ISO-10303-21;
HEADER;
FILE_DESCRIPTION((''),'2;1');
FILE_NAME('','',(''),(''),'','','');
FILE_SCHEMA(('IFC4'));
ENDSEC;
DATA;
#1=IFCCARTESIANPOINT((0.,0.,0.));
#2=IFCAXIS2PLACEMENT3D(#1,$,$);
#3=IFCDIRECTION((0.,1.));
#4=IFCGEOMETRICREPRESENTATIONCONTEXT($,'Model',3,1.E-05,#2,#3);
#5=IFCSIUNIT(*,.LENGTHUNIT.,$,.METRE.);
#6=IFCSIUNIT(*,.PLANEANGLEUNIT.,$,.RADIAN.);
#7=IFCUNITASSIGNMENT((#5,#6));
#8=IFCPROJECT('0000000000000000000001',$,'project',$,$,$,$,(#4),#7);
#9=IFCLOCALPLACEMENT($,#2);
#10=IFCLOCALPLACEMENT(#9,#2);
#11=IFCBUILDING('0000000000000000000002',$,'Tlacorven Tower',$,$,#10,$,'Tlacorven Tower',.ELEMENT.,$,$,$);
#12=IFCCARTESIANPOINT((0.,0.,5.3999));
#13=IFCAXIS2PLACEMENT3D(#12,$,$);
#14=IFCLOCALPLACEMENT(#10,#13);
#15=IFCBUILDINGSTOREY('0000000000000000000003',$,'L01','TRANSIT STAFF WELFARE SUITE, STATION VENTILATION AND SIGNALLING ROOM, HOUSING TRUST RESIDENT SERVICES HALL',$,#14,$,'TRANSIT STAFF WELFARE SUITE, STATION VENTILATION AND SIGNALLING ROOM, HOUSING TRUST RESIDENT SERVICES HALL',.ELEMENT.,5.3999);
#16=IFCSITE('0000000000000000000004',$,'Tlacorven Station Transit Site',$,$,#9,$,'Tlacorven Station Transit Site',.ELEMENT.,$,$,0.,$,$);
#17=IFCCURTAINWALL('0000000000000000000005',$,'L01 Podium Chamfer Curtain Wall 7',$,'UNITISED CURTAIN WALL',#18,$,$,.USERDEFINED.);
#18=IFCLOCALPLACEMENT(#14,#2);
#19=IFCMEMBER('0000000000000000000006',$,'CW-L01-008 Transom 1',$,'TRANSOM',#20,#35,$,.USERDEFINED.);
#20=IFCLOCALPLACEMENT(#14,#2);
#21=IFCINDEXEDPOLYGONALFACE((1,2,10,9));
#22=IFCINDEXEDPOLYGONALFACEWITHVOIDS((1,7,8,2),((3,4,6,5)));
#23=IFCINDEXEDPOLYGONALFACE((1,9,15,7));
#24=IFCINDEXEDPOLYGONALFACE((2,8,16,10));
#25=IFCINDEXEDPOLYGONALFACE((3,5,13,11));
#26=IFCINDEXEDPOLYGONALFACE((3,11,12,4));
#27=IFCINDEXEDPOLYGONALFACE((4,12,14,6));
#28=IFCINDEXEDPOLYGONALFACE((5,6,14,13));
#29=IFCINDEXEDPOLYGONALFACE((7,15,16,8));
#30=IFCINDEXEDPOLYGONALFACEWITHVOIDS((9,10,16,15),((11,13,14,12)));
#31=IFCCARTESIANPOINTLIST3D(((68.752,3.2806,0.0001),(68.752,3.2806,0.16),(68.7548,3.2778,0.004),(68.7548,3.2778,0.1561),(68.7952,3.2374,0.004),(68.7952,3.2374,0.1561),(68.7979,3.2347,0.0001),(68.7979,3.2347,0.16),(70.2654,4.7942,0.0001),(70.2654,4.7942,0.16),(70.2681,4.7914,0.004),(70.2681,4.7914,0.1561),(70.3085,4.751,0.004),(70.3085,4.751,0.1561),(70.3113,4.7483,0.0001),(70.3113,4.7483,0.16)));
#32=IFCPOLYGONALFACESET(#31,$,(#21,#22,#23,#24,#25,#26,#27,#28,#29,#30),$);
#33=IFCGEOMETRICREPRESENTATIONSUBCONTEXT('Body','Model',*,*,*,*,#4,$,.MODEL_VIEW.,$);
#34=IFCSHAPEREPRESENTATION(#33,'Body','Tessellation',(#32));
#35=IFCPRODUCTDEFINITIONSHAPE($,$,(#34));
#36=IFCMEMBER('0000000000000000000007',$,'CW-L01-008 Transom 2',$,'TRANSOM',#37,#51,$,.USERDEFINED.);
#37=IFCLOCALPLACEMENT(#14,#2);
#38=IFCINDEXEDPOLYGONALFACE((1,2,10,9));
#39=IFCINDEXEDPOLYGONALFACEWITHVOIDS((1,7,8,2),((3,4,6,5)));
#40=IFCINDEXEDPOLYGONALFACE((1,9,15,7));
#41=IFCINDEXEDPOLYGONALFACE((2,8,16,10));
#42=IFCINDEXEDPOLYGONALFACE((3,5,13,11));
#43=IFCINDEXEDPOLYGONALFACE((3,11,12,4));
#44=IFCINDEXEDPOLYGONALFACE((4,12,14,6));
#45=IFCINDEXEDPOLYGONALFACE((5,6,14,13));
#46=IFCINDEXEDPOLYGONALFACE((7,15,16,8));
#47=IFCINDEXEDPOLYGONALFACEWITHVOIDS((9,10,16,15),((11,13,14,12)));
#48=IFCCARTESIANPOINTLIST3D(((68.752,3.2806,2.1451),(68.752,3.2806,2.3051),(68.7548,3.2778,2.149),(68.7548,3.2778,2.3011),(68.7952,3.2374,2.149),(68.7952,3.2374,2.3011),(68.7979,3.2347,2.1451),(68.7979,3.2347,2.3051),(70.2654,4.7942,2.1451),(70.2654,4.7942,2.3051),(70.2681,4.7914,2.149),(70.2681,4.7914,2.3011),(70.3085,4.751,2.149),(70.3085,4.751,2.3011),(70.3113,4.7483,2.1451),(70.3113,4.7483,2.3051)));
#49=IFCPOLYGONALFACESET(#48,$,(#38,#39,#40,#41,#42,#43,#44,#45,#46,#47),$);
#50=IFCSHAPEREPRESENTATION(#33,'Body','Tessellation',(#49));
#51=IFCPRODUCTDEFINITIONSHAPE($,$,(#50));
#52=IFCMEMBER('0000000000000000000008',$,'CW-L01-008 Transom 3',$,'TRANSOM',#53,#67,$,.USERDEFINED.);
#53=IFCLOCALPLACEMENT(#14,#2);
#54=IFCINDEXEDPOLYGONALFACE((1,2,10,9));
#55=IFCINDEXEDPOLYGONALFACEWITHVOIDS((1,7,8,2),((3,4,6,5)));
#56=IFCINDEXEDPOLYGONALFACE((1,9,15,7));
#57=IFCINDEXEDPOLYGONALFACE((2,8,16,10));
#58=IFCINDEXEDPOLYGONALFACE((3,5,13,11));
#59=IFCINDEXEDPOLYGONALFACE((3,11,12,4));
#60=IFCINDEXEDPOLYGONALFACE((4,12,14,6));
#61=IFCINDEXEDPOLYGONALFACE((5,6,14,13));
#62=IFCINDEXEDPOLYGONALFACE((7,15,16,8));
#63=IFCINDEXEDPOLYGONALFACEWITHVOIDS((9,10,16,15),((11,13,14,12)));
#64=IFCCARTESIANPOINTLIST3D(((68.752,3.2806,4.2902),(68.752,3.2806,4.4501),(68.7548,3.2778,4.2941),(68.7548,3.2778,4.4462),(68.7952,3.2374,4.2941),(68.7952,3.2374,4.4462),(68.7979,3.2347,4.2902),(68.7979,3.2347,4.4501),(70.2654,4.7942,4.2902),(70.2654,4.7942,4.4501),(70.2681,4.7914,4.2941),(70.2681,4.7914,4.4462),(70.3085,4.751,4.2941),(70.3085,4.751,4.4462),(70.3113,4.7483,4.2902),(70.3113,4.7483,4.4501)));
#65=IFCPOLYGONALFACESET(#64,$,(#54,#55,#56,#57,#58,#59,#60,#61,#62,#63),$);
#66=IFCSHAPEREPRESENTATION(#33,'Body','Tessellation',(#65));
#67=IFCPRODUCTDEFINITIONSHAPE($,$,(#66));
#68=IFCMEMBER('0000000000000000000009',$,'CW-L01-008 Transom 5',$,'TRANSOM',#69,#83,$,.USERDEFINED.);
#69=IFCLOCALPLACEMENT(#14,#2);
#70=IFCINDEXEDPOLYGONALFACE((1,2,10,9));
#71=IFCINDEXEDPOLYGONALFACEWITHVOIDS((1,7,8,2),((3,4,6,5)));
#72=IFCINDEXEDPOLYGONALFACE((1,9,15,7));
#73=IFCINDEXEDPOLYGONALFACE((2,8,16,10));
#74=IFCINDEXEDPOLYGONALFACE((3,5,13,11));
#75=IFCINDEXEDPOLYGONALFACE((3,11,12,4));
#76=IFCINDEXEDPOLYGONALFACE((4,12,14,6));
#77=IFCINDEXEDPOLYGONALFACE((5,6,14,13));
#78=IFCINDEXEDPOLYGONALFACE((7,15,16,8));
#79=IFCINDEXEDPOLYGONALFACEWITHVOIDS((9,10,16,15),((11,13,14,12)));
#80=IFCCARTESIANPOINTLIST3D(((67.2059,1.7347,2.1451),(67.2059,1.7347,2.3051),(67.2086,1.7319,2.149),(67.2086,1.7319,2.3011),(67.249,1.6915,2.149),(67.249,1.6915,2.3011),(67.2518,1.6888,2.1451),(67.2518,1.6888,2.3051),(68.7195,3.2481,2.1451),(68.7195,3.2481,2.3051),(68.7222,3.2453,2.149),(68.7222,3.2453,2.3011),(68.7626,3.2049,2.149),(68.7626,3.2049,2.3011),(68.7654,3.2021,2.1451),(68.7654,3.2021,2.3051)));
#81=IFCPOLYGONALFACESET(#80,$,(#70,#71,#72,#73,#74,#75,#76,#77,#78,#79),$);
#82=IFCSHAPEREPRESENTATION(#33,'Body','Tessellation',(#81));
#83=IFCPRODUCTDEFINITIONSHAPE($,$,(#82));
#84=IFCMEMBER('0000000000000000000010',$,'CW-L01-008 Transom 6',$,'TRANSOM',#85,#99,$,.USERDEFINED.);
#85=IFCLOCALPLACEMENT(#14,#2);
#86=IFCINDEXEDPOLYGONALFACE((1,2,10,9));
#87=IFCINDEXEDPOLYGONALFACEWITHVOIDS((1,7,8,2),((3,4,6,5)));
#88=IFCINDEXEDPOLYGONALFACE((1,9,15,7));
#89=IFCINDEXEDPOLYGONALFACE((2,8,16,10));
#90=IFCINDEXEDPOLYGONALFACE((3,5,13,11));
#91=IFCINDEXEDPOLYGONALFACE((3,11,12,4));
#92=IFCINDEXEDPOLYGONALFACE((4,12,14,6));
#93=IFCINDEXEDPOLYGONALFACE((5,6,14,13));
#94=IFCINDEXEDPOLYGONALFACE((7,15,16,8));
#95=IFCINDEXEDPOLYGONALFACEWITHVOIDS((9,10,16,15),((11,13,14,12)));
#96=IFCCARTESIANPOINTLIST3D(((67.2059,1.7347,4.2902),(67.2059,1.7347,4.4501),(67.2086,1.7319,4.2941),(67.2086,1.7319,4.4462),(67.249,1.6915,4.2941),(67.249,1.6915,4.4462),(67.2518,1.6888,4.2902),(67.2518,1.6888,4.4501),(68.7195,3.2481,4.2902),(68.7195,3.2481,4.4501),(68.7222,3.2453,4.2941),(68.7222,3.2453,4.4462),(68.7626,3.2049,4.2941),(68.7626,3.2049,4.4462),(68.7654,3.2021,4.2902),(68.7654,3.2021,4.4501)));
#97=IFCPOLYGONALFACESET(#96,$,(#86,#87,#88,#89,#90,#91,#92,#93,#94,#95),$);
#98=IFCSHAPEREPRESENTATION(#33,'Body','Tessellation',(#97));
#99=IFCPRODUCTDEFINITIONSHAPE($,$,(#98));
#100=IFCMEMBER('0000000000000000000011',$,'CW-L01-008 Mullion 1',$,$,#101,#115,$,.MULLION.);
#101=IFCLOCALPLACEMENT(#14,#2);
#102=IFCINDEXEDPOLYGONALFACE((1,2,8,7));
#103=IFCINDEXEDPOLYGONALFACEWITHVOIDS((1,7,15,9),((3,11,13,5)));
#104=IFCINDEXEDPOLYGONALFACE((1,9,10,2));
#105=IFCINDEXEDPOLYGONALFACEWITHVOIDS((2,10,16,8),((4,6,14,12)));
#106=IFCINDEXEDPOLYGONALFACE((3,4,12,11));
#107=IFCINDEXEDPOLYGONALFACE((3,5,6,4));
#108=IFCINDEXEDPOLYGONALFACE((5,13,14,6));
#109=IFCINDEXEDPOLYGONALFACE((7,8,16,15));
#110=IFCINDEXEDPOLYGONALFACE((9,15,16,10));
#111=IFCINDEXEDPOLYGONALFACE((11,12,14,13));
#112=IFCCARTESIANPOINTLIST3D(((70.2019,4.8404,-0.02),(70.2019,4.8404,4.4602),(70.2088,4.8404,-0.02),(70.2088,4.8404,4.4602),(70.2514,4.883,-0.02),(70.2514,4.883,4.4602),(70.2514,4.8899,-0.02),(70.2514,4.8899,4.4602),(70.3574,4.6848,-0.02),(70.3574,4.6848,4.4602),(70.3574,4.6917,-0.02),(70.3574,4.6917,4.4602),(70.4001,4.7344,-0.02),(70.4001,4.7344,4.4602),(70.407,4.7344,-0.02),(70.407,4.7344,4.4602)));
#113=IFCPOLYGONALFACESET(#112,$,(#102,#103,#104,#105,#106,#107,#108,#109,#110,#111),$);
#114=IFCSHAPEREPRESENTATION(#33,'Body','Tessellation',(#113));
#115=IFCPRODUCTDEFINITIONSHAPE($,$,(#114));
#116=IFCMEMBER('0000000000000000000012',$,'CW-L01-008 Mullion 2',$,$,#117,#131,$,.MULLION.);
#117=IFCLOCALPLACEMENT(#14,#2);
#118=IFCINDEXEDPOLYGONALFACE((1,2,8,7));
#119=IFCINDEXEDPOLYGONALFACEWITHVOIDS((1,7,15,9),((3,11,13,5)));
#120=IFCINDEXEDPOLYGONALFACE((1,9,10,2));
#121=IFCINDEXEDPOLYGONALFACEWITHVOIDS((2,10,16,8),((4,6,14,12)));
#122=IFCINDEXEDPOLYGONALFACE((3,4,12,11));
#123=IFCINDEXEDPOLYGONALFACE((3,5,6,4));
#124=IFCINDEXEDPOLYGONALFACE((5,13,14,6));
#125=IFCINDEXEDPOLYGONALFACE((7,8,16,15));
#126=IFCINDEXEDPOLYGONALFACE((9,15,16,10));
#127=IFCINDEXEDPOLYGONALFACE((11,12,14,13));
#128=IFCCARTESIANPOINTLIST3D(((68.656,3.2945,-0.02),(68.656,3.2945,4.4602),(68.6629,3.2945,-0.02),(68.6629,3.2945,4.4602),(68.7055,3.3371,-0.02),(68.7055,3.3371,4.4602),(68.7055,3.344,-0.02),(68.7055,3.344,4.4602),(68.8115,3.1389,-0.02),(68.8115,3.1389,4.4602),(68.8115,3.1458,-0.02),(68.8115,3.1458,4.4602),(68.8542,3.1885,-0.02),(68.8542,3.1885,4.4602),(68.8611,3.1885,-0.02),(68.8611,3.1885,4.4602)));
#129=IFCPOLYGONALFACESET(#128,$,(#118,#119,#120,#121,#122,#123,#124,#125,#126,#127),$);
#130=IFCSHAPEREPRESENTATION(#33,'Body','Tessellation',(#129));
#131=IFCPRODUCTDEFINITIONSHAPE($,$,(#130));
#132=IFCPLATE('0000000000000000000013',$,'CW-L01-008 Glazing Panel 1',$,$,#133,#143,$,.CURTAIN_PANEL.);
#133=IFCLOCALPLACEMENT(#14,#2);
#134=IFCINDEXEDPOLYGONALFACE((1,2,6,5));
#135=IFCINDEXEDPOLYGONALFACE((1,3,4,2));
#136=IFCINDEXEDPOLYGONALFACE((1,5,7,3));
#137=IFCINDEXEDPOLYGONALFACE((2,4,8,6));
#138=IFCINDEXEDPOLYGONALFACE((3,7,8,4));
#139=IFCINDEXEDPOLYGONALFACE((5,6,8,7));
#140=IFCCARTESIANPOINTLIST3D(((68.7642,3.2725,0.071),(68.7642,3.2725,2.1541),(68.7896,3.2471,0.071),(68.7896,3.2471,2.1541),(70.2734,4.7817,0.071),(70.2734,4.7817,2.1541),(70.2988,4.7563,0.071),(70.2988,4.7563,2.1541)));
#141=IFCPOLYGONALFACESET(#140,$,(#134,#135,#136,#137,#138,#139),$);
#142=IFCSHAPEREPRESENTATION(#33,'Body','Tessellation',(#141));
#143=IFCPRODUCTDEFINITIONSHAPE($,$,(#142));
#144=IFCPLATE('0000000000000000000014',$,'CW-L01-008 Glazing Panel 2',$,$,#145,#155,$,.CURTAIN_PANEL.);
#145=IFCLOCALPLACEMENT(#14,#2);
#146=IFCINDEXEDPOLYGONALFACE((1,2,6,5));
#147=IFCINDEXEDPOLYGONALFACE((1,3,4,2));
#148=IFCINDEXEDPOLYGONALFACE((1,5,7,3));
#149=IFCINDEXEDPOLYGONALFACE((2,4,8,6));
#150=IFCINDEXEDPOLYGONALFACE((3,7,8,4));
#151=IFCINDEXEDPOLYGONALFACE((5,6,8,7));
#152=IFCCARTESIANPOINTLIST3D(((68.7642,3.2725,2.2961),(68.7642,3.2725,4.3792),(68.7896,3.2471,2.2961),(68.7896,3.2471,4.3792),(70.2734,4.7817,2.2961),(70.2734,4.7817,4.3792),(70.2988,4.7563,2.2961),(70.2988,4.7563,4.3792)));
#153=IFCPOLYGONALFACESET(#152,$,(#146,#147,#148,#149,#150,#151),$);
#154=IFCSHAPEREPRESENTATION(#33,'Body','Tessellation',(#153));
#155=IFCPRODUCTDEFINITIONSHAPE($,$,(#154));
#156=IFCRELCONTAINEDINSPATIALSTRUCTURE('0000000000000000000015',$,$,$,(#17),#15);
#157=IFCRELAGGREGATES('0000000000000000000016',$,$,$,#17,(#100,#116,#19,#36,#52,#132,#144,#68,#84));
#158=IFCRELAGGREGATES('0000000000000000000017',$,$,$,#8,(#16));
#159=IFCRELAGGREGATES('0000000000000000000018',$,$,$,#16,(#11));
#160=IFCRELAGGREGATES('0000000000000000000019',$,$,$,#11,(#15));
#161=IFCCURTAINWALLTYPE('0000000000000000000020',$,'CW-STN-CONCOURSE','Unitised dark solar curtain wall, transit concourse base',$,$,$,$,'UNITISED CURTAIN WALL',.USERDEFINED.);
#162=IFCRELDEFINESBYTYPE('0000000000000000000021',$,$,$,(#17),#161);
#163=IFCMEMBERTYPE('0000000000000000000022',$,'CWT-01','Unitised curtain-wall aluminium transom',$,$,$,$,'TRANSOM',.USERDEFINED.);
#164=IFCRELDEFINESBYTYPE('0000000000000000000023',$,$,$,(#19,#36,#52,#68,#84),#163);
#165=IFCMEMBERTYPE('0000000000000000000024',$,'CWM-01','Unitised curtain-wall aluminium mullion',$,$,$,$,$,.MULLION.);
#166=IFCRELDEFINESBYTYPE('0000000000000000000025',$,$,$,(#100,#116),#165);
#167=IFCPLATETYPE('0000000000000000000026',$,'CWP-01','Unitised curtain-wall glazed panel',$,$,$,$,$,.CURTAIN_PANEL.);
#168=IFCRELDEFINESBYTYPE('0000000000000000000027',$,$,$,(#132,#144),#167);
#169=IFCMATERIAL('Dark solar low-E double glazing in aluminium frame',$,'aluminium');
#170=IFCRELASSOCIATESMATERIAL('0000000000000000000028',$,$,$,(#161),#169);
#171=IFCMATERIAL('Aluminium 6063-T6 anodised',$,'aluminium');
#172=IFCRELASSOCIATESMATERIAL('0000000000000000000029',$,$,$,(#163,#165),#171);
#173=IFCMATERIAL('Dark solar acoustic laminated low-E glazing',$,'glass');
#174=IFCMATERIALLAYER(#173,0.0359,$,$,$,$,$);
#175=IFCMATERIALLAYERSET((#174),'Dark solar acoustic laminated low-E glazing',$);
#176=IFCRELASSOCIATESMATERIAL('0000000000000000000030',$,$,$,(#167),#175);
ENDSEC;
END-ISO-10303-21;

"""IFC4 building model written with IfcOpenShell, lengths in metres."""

from ifc_helpers import new_model, si_unit, direction, frame, origin, origin_2d, place, context, subcontext, project, spatial, rectangle, hollow_rectangle, extrude, source, transform, mapped, material, layer, layer_set, material_profile, profile_set, type_object, element, aggregate, save


model = new_model("IFC4")

# Units and contexts
model_context = context("Model", 3, precision=1e-05, world=origin(), true_north=direction((0.0, 1.0)))
body_context = subcontext(model_context, "Body", "Model", "MODEL_VIEW")
ifc_project = project(units=[si_unit("LENGTHUNIT", "METRE"), si_unit("PLANEANGLEUNIT", "RADIAN")], contexts=[model_context])

# Site, building, storey
site_placement = place(None, origin())
site = spatial("IfcSite", under=ifc_project, at=site_placement, Name="Tlacorven Station Transit Site", LongName="Tlacorven Station Transit Site", CompositionType="ELEMENT", RefElevation=0.0)
building_placement = place(site_placement, origin())
building = spatial("IfcBuilding", under=site, at=building_placement, Name="Tlacorven Tower", LongName="Tlacorven Tower", CompositionType="ELEMENT")
storey_placement = place(building_placement, frame((0.0, 0.0, 5.3999)))
storey = spatial("IfcBuildingStorey", under=building, at=storey_placement, Name="L01", Description="TRANSIT STAFF WELFARE SUITE, STATION VENTILATION AND SIGNALLING ROOM, HOUSING TRUST RESIDENT SERVICES HALL", LongName="TRANSIT STAFF WELFARE SUITE, STATION VENTILATION AND SIGNALLING ROOM, HOUSING TRUST RESIDENT SERVICES HALL", CompositionType="ELEMENT", Elevation=5.3999)

# Curtain wall, members, plates
ifc_material_1 = material(Name="Dark solar low-E double glazing in aluminium frame", Category="aluminium")
curtain_wall_type = type_object("IfcCurtainWallType", Name="CW-STN-CONCOURSE", Description="Unitised dark solar curtain wall, transit concourse base", ElementType="UNITISED CURTAIN WALL", PredefinedType="USERDEFINED", material=ifc_material_1)
curtain_wall_placement = place(storey_placement, origin())
curtain_wall = element("IfcCurtainWall", 1, at=curtain_wall_placement, inside=storey, type_object=curtain_wall_type, Name="L01 Podium Chamfer Curtain Wall 7", ObjectType="UNITISED CURTAIN WALL", PredefinedType="USERDEFINED")
ifc_material_2 = material(Name="Aluminium 6063-T6 anodised", Category="aluminium")
ifc_material_profile_1 = material_profile(ifc_material_2, hollow_rectangle(XDim=0.0649, YDim=0.1599, WallThickness=0.0039, at=origin_2d()), Name="ALU TRANSOM 65X160")
ifc_profile_set_1 = profile_set([ifc_material_profile_1], Name="Aluminium 6063-T6 anodised")
member_type_1 = type_object("IfcMemberType", Name="CWT-01", Description="Unitised curtain-wall aluminium transom", ElementType="TRANSOM", PredefinedType="USERDEFINED", material=ifc_profile_set_1)
shared_shape_1 = source(origin(), body_context, "Body", "SweptSolid", [
    extrude(hollow_rectangle(XDim=0.0649, YDim=0.1599, WallThickness=0.0039, at=origin_2d()), origin(), (0.0, 0.0, 1.0), 2.1404),
])
member_1_placement = place(storey_placement, frame((70.2883, 4.7712, 0.0801), z_axis=(-0.70705, -0.707164, 0.0), x_axis=(0.707164, -0.70705, 0.0)))
member_1 = element("IfcMember", 2, at=member_1_placement, type_object=member_type_1, Name="CW-L01-008 Transom 1", ObjectType="TRANSOM", PredefinedType="USERDEFINED", context=body_context, shape_type="MappedRepresentation", body=[
    mapped(shared_shape_1, transform((0.0, 0.0, 0.0), scale=1.0)),
])
member_2_placement = place(storey_placement, frame((70.2883, 4.7712, 2.2251), z_axis=(-0.70705, -0.707164, 0.0), x_axis=(0.707164, -0.70705, 0.0)))
member_2 = element("IfcMember", 3, at=member_2_placement, type_object=member_type_1, Name="CW-L01-008 Transom 2", ObjectType="TRANSOM", PredefinedType="USERDEFINED", context=body_context, shape_type="MappedRepresentation", body=[
    mapped(shared_shape_1, transform((0.0, 0.0, 0.0), scale=1.0)),
])
member_3_placement = place(storey_placement, frame((70.2883, 4.7712, 4.3701), z_axis=(-0.70705, -0.707164, 0.0), x_axis=(0.707164, -0.70705, 0.0)))
member_3 = element("IfcMember", 4, at=member_3_placement, type_object=member_type_1, Name="CW-L01-008 Transom 3", ObjectType="TRANSOM", PredefinedType="USERDEFINED", context=body_context, shape_type="MappedRepresentation", body=[
    mapped(shared_shape_1, transform((0.0, 0.0, 0.0), scale=1.0)),
])
member_4_placement = place(storey_placement, frame((68.7424, 3.2251, 2.2251), z_axis=(-0.707164, -0.70705, 0.0), x_axis=(0.70705, -0.707164, 0.0)))
member_4 = element("IfcMember", 5, at=member_4_placement, type_object=member_type_1, Name="CW-L01-008 Transom 5", ObjectType="TRANSOM", PredefinedType="USERDEFINED", context=body_context, shape_type="MappedRepresentation", body=[
    mapped(shared_shape_1, transform((0.0, 0.0, 0.0), scale=1.0)),
])
member_5_placement = place(storey_placement, frame((68.7424, 3.2251, 4.3701), z_axis=(-0.707164, -0.70705, 0.0), x_axis=(0.70705, -0.707164, 0.0)))
member_5 = element("IfcMember", 6, at=member_5_placement, type_object=member_type_1, Name="CW-L01-008 Transom 6", ObjectType="TRANSOM", PredefinedType="USERDEFINED", context=body_context, shape_type="MappedRepresentation", body=[
    mapped(shared_shape_1, transform((0.0, 0.0, 0.0), scale=1.0)),
])
ifc_material_profile_2 = material_profile(ifc_material_2, hollow_rectangle(XDim=0.0701, YDim=0.22, WallThickness=0.0049, at=origin_2d()), Name="ALU MULLION 70X220")
ifc_profile_set_2 = profile_set([ifc_material_profile_2], Name="Aluminium 6063-T6 anodised")
member_type_2 = type_object("IfcMemberType", Name="CWM-01", Description="Unitised curtain-wall aluminium mullion", PredefinedType="MULLION", material=ifc_profile_set_2)
shared_shape_2 = source(origin(), body_context, "Body", "SweptSolid", [
    extrude(hollow_rectangle(XDim=0.0701, YDim=0.22, WallThickness=0.0049, at=origin_2d()), origin(), (0.0, 0.0, 1.0), 4.4802),
])
member_6_placement = place(storey_placement, frame((70.3044, 4.7874, -0.02), z_axis=(0.0, 0.0, 1.0), x_axis=(-0.707107, -0.707107, 0.0)))
member_6 = element("IfcMember", 7, at=member_6_placement, type_object=member_type_2, Name="CW-L01-008 Mullion 1", PredefinedType="MULLION", context=body_context, shape_type="MappedRepresentation", body=[
    mapped(shared_shape_2, transform((0.0, 0.0, 0.0), scale=1.0)),
])
member_7_placement = place(storey_placement, frame((68.7585, 3.2415, -0.02), z_axis=(0.0, 0.0, 1.0), x_axis=(-0.707107, -0.707107, 0.0)))
member_7 = element("IfcMember", 8, at=member_7_placement, type_object=member_type_2, Name="CW-L01-008 Mullion 2", PredefinedType="MULLION", context=body_context, shape_type="MappedRepresentation", body=[
    mapped(shared_shape_2, transform((0.0, 0.0, 0.0), scale=1.0)),
])
ifc_material_3 = material(Name="Dark solar acoustic laminated low-E glazing", Category="glass")
ifc_layer = layer(ifc_material_3, 0.0359)
ifc_layer_set = layer_set([ifc_layer], Name="Dark solar acoustic laminated low-E glazing")
plate_type = type_object("IfcPlateType", Name="CWP-01", Description="Unitised curtain-wall glazed panel", PredefinedType="CURTAIN_PANEL", material=ifc_layer_set)
shared_shape_3 = source(origin(), body_context, "Body", "SweptSolid", [
    extrude(rectangle(XDim=2.1343, YDim=0.0359, at=origin_2d()), origin(), (0.0, 0.0, 1.0), 2.083),
])
plate_1_placement = place(storey_placement, frame((69.5315, 4.0144, 0.071), z_axis=(0.0, 0.0, 1.0), x_axis=(-0.707107, -0.707107, 0.0)))
plate_1 = element("IfcPlate", 9, at=plate_1_placement, type_object=plate_type, Name="CW-L01-008 Glazing Panel 1", PredefinedType="CURTAIN_PANEL", context=body_context, shape_type="MappedRepresentation", body=[
    mapped(shared_shape_3, transform((0.0, 0.0, 0.0), scale=1.0)),
])
plate_2_placement = place(storey_placement, frame((69.5315, 4.0144, 2.2961), z_axis=(0.0, 0.0, 1.0), x_axis=(-0.707107, -0.707107, 0.0)))
plate_2 = element("IfcPlate", 10, at=plate_2_placement, type_object=plate_type, Name="CW-L01-008 Glazing Panel 2", PredefinedType="CURTAIN_PANEL", context=body_context, shape_type="MappedRepresentation", body=[
    mapped(shared_shape_3, transform((0.0, 0.0, 0.0), scale=1.0)),
])
aggregate(curtain_wall, [member_6, member_7, member_1, member_2, member_3, plate_1, plate_2, member_4, member_5])

save(model, "model.ifc")
